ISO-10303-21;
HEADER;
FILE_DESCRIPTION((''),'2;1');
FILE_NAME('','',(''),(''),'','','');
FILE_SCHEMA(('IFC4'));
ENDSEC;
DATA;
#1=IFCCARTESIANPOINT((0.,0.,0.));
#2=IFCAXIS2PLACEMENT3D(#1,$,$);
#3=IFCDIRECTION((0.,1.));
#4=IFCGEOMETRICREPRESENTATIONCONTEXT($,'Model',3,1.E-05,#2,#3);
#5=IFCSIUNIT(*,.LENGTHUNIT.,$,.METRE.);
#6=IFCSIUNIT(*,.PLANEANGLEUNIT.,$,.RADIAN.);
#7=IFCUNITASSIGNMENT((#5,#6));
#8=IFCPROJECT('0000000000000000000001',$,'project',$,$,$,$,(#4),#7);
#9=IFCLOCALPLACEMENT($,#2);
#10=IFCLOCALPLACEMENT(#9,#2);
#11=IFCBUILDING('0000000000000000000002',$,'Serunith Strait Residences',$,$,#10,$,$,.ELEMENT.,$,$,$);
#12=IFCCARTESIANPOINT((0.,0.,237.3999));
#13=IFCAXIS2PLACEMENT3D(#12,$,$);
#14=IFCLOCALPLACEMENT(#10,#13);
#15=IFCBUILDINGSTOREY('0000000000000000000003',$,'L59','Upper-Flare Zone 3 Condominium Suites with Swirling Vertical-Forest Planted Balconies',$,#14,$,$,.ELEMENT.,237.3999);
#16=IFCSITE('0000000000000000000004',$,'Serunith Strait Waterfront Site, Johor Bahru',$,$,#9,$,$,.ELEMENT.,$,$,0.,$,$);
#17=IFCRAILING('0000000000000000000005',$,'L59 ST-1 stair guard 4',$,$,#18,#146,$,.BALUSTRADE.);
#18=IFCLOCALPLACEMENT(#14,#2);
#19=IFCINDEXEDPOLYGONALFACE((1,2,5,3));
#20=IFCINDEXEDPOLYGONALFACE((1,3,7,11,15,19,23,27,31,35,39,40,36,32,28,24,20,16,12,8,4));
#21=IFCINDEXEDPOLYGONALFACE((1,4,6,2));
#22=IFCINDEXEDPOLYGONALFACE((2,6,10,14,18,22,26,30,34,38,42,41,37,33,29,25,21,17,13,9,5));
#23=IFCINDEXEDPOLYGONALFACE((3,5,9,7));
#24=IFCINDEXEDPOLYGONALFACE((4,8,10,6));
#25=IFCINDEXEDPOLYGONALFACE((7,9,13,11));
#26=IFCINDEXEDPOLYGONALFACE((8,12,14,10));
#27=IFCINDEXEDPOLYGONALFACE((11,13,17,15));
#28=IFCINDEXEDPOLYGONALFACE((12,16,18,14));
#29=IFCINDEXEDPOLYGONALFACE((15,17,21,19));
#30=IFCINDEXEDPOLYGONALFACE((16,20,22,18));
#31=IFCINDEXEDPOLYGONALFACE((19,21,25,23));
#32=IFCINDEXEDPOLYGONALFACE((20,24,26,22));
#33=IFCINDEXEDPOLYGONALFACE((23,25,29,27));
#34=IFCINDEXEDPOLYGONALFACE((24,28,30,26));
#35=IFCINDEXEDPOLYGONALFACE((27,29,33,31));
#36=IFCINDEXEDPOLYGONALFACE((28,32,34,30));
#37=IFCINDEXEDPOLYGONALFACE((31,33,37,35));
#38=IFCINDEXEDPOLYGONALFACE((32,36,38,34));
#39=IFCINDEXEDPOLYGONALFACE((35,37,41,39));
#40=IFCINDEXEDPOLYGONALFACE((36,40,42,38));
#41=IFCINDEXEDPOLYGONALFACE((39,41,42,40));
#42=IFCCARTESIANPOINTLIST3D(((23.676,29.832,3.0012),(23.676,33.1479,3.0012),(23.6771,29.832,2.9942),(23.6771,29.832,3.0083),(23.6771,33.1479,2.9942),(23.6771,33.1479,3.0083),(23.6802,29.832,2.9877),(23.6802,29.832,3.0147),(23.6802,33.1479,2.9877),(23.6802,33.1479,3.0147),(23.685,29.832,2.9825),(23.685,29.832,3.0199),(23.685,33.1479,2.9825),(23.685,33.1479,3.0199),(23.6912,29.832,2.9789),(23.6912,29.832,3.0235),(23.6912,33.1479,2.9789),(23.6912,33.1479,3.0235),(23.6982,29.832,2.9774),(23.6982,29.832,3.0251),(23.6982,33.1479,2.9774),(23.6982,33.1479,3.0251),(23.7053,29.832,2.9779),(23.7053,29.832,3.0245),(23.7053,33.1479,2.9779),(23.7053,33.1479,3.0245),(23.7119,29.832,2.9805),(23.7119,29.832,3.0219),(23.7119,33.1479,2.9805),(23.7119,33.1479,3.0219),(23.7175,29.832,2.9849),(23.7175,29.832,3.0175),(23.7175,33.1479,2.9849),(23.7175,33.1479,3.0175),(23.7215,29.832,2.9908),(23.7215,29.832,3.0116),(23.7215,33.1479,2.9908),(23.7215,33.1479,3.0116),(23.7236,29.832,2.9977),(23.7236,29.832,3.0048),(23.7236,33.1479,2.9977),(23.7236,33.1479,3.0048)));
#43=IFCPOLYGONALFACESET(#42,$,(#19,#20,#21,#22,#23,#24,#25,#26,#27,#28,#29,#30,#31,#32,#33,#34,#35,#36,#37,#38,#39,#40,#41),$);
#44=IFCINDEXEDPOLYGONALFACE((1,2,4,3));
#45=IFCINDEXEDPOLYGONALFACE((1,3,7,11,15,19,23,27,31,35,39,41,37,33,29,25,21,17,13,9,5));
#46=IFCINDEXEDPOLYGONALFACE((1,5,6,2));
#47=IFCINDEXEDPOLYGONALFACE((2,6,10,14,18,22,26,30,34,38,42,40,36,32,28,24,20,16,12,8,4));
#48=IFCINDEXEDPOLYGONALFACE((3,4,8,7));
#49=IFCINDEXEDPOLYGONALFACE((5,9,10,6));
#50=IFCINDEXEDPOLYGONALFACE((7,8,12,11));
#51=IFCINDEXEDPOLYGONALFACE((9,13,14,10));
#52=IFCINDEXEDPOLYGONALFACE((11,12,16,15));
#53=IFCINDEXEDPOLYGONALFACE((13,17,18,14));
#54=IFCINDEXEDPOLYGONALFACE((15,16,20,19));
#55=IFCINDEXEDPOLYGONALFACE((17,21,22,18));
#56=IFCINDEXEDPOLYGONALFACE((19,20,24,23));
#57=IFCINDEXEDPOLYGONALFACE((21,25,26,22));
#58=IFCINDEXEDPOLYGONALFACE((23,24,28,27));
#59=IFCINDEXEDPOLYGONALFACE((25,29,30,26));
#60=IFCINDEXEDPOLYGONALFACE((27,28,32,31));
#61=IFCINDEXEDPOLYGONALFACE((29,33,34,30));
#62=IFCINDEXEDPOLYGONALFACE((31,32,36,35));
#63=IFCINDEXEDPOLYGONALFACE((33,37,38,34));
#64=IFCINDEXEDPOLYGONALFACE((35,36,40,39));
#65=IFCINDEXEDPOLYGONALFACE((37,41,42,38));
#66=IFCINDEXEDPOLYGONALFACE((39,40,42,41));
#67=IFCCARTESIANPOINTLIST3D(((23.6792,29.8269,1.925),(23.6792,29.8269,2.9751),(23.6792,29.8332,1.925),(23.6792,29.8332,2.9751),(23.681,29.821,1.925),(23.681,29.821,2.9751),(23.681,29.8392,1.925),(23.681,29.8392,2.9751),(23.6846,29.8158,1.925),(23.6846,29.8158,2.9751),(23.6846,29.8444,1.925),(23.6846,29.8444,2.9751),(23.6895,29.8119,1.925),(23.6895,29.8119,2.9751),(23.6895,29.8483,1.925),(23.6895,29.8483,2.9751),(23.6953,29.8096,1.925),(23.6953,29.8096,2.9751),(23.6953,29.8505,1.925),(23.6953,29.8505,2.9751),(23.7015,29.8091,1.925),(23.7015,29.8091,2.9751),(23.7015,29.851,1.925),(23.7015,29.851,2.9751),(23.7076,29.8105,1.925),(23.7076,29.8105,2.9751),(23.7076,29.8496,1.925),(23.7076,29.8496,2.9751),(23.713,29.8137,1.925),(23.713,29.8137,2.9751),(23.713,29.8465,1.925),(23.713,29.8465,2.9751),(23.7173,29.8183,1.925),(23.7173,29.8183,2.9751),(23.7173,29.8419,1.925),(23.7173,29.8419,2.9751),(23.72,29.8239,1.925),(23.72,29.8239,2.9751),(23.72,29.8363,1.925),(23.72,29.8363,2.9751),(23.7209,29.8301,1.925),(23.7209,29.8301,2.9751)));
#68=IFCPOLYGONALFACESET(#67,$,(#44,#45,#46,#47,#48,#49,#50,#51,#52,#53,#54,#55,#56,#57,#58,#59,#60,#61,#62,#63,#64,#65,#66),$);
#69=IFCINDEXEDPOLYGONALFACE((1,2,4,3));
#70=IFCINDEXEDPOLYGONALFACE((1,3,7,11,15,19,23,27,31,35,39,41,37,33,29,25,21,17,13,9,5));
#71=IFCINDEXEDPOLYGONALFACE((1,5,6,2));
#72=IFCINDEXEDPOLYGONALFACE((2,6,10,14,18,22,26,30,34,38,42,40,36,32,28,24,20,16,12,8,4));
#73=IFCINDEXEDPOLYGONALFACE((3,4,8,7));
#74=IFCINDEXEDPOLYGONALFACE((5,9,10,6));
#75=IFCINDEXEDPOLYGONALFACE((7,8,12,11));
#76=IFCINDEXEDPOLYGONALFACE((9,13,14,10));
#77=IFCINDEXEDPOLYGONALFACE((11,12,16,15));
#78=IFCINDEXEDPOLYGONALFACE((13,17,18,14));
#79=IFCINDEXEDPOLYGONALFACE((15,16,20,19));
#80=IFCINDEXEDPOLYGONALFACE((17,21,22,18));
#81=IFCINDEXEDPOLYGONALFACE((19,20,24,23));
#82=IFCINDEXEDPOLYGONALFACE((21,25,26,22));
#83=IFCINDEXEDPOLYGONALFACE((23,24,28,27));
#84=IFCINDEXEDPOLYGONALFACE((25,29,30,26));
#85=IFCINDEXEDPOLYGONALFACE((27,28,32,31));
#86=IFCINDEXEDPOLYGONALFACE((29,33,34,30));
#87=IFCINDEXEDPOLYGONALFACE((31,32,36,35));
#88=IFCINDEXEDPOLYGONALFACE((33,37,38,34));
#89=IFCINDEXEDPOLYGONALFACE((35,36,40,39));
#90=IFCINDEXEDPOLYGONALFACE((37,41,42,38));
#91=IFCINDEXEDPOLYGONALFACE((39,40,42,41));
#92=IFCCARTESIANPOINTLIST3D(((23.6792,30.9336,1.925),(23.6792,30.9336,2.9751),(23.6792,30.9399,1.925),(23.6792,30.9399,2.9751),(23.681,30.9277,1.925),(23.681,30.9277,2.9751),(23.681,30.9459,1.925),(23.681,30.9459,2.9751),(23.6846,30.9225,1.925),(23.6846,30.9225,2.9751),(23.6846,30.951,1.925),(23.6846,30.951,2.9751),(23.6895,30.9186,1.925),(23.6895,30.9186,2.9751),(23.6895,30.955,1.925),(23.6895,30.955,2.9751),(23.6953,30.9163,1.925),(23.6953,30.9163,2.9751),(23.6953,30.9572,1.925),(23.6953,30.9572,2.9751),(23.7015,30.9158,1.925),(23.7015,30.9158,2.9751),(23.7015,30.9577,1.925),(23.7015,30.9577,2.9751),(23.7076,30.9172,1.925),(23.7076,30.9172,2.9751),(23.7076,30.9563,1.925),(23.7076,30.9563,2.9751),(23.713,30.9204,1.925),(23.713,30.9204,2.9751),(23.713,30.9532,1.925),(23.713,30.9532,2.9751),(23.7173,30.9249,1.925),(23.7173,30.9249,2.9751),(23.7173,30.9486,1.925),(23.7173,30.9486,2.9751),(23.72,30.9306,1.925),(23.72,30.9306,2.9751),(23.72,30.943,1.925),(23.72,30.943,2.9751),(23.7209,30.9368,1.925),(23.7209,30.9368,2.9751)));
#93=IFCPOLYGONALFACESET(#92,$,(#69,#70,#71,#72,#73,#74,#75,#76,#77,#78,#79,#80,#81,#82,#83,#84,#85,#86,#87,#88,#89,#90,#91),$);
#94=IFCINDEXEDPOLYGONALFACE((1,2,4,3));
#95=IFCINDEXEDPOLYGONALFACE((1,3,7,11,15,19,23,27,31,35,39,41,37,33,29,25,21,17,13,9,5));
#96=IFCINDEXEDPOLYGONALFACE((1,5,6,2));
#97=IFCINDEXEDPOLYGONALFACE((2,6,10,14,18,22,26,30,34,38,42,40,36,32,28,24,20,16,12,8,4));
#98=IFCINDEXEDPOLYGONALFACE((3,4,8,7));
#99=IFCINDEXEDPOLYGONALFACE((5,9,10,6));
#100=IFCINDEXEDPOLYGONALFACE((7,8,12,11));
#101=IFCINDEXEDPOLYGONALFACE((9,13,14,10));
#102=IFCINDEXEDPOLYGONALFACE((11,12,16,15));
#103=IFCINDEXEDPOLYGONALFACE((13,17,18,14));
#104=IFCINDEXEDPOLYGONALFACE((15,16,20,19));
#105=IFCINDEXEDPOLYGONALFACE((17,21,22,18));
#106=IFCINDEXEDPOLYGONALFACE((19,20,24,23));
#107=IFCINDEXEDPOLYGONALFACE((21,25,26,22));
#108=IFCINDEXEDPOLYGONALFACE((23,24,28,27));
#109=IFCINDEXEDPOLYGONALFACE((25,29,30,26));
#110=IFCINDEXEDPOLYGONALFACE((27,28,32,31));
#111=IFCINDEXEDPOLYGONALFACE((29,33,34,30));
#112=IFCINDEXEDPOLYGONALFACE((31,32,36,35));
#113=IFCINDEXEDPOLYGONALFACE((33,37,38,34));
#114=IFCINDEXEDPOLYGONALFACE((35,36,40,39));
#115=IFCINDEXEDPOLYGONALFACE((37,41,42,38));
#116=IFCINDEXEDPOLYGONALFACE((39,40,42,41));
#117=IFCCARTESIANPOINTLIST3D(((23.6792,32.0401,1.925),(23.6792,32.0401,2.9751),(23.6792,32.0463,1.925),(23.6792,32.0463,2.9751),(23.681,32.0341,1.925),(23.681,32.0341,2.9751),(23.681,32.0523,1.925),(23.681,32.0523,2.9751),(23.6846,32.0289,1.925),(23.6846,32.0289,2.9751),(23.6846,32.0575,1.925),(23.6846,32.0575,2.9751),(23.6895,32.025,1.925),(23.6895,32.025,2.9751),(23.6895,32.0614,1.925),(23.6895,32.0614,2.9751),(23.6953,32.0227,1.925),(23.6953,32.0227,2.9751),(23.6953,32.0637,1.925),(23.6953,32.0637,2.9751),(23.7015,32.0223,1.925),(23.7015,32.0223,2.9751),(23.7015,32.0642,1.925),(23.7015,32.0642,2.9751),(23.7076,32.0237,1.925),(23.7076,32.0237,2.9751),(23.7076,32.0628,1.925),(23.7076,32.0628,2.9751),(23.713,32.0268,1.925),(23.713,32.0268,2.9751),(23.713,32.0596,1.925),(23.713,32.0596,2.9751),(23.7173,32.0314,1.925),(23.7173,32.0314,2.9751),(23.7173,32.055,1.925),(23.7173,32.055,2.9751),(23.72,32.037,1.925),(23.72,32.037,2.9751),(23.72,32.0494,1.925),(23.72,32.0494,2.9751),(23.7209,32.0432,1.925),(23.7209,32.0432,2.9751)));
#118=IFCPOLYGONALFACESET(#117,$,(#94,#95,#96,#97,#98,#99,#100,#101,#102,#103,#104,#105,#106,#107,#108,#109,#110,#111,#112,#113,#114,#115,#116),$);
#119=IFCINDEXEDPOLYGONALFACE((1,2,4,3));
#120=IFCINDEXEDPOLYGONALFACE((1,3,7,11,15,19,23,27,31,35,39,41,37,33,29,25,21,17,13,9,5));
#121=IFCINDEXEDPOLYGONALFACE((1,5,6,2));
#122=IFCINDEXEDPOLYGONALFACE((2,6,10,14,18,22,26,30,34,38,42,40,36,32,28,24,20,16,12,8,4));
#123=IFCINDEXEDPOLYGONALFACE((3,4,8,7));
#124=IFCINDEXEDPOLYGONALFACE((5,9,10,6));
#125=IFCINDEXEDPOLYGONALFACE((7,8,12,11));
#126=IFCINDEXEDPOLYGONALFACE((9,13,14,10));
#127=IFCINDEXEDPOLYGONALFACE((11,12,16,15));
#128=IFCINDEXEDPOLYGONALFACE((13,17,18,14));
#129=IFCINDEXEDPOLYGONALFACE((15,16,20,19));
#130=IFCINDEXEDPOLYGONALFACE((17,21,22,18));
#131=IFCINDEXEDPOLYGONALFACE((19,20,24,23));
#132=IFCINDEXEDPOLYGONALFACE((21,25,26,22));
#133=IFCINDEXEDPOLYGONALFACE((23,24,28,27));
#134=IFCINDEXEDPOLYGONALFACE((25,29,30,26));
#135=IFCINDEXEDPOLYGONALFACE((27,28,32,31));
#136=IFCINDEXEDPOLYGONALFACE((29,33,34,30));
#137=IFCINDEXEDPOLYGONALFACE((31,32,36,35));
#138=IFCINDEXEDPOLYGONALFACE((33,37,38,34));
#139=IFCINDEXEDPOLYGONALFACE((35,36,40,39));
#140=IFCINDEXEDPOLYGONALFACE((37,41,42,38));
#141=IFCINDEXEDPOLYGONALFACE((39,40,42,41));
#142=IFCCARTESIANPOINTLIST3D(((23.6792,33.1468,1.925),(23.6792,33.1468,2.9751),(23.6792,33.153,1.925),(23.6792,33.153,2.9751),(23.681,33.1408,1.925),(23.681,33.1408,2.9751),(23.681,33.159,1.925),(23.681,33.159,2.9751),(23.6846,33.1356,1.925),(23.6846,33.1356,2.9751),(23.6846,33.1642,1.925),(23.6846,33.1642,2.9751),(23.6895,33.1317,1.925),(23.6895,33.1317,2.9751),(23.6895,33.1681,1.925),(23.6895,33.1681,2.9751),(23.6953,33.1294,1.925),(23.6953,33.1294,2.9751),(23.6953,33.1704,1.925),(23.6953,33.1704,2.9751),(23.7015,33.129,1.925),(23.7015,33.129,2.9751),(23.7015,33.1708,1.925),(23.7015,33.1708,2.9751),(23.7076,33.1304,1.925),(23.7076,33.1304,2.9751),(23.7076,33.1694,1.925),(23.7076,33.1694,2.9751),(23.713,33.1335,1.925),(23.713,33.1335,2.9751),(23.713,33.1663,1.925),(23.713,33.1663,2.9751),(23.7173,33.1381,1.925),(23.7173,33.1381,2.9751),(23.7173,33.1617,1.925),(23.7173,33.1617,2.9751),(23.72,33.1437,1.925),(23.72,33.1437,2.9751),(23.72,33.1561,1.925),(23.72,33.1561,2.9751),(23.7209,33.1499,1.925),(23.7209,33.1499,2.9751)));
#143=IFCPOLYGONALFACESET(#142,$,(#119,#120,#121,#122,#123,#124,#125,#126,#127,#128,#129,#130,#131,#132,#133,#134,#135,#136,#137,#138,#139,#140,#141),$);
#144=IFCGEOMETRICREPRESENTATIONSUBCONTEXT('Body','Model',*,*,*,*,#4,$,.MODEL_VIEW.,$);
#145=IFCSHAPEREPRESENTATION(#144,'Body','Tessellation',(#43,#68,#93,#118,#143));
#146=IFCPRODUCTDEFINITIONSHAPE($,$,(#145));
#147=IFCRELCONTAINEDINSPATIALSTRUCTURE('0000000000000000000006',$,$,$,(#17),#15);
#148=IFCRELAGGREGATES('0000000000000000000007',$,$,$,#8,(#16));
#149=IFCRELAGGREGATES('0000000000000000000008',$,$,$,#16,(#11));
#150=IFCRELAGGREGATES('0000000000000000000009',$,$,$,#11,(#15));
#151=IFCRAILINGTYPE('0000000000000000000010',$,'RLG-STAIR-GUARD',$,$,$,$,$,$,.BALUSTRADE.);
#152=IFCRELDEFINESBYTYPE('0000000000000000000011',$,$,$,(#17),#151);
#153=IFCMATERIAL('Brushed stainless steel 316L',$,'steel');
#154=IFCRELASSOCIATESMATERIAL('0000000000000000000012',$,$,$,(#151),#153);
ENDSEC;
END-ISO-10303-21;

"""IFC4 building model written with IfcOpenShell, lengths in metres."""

from ifc_helpers import new_model, si_unit, direction, frame, origin, origin_2d, place, context, subcontext, project, spatial, circle, extrude, material, type_object, element, save


model = new_model("IFC4")

# Units and contexts
model_context = context("Model", 3, precision=1e-05, world=origin(), true_north=direction((0.0, 1.0)))
body_context = subcontext(model_context, "Body", "Model", "MODEL_VIEW")
ifc_project = project(units=[si_unit("LENGTHUNIT", "METRE"), si_unit("PLANEANGLEUNIT", "RADIAN")], contexts=[model_context])

# Site, building, storey
site_placement = place(None, origin())
site = spatial("IfcSite", under=ifc_project, at=site_placement, Name="Serunith Strait Waterfront Site, Johor Bahru", CompositionType="ELEMENT", RefElevation=0.0)
building_placement = place(site_placement, origin())
building = spatial("IfcBuilding", under=site, at=building_placement, Name="Serunith Strait Residences", CompositionType="ELEMENT")
storey_placement = place(building_placement, frame((0.0, 0.0, 237.3999)))
storey = spatial("IfcBuildingStorey", under=building, at=storey_placement, Name="L59", Description="Upper-Flare Zone 3 Condominium Suites with Swirling Vertical-Forest Planted Balconies", CompositionType="ELEMENT", Elevation=237.3999)

# Railing
ifc_material_1 = material(Name="Brushed stainless steel 316L", Category="steel")
railing_type_1 = type_object("IfcRailingType", Name="RLG-STAIR-GUARD", PredefinedType="BALUSTRADE", material=ifc_material_1)
for number, where, name in (
    (1, (23.7, 29.8301, 1.925), "L59 ST-1 stair guard 4"),
):
    element("IfcRailing", number, at=place(storey_placement, frame(where)), inside=storey, type_object=railing_type_1, Name=name, PredefinedType="BALUSTRADE", context=body_context, shape_type="SweptSolid", body=[
        extrude(circle(Radius=0.0239, at=origin_2d()), frame((0.0, 0.002, 1.0762), z_axis=(0.0, 1.0, 0.0), x_axis=(-1.0, 0.0, 0.0)), (0.0, 0.0, 1.0), 3.3159),
        extrude(circle(Radius=0.021, at=origin_2d()), origin(), (0.0, 0.0, 1.0), 1.05),
        extrude(circle(Radius=0.021, at=origin_2d()), frame((0.0, 1.1067, 0.0)), (0.0, 0.0, 1.0), 1.05),
        extrude(circle(Radius=0.021, at=origin_2d()), frame((0.0, 2.2131, 0.0)), (0.0, 0.0, 1.0), 1.05),
        extrude(circle(Radius=0.021, at=origin_2d()), frame((0.0, 3.3198, 0.0)), (0.0, 0.0, 1.0), 1.05),
    ])

save(model, "model.ifc")
